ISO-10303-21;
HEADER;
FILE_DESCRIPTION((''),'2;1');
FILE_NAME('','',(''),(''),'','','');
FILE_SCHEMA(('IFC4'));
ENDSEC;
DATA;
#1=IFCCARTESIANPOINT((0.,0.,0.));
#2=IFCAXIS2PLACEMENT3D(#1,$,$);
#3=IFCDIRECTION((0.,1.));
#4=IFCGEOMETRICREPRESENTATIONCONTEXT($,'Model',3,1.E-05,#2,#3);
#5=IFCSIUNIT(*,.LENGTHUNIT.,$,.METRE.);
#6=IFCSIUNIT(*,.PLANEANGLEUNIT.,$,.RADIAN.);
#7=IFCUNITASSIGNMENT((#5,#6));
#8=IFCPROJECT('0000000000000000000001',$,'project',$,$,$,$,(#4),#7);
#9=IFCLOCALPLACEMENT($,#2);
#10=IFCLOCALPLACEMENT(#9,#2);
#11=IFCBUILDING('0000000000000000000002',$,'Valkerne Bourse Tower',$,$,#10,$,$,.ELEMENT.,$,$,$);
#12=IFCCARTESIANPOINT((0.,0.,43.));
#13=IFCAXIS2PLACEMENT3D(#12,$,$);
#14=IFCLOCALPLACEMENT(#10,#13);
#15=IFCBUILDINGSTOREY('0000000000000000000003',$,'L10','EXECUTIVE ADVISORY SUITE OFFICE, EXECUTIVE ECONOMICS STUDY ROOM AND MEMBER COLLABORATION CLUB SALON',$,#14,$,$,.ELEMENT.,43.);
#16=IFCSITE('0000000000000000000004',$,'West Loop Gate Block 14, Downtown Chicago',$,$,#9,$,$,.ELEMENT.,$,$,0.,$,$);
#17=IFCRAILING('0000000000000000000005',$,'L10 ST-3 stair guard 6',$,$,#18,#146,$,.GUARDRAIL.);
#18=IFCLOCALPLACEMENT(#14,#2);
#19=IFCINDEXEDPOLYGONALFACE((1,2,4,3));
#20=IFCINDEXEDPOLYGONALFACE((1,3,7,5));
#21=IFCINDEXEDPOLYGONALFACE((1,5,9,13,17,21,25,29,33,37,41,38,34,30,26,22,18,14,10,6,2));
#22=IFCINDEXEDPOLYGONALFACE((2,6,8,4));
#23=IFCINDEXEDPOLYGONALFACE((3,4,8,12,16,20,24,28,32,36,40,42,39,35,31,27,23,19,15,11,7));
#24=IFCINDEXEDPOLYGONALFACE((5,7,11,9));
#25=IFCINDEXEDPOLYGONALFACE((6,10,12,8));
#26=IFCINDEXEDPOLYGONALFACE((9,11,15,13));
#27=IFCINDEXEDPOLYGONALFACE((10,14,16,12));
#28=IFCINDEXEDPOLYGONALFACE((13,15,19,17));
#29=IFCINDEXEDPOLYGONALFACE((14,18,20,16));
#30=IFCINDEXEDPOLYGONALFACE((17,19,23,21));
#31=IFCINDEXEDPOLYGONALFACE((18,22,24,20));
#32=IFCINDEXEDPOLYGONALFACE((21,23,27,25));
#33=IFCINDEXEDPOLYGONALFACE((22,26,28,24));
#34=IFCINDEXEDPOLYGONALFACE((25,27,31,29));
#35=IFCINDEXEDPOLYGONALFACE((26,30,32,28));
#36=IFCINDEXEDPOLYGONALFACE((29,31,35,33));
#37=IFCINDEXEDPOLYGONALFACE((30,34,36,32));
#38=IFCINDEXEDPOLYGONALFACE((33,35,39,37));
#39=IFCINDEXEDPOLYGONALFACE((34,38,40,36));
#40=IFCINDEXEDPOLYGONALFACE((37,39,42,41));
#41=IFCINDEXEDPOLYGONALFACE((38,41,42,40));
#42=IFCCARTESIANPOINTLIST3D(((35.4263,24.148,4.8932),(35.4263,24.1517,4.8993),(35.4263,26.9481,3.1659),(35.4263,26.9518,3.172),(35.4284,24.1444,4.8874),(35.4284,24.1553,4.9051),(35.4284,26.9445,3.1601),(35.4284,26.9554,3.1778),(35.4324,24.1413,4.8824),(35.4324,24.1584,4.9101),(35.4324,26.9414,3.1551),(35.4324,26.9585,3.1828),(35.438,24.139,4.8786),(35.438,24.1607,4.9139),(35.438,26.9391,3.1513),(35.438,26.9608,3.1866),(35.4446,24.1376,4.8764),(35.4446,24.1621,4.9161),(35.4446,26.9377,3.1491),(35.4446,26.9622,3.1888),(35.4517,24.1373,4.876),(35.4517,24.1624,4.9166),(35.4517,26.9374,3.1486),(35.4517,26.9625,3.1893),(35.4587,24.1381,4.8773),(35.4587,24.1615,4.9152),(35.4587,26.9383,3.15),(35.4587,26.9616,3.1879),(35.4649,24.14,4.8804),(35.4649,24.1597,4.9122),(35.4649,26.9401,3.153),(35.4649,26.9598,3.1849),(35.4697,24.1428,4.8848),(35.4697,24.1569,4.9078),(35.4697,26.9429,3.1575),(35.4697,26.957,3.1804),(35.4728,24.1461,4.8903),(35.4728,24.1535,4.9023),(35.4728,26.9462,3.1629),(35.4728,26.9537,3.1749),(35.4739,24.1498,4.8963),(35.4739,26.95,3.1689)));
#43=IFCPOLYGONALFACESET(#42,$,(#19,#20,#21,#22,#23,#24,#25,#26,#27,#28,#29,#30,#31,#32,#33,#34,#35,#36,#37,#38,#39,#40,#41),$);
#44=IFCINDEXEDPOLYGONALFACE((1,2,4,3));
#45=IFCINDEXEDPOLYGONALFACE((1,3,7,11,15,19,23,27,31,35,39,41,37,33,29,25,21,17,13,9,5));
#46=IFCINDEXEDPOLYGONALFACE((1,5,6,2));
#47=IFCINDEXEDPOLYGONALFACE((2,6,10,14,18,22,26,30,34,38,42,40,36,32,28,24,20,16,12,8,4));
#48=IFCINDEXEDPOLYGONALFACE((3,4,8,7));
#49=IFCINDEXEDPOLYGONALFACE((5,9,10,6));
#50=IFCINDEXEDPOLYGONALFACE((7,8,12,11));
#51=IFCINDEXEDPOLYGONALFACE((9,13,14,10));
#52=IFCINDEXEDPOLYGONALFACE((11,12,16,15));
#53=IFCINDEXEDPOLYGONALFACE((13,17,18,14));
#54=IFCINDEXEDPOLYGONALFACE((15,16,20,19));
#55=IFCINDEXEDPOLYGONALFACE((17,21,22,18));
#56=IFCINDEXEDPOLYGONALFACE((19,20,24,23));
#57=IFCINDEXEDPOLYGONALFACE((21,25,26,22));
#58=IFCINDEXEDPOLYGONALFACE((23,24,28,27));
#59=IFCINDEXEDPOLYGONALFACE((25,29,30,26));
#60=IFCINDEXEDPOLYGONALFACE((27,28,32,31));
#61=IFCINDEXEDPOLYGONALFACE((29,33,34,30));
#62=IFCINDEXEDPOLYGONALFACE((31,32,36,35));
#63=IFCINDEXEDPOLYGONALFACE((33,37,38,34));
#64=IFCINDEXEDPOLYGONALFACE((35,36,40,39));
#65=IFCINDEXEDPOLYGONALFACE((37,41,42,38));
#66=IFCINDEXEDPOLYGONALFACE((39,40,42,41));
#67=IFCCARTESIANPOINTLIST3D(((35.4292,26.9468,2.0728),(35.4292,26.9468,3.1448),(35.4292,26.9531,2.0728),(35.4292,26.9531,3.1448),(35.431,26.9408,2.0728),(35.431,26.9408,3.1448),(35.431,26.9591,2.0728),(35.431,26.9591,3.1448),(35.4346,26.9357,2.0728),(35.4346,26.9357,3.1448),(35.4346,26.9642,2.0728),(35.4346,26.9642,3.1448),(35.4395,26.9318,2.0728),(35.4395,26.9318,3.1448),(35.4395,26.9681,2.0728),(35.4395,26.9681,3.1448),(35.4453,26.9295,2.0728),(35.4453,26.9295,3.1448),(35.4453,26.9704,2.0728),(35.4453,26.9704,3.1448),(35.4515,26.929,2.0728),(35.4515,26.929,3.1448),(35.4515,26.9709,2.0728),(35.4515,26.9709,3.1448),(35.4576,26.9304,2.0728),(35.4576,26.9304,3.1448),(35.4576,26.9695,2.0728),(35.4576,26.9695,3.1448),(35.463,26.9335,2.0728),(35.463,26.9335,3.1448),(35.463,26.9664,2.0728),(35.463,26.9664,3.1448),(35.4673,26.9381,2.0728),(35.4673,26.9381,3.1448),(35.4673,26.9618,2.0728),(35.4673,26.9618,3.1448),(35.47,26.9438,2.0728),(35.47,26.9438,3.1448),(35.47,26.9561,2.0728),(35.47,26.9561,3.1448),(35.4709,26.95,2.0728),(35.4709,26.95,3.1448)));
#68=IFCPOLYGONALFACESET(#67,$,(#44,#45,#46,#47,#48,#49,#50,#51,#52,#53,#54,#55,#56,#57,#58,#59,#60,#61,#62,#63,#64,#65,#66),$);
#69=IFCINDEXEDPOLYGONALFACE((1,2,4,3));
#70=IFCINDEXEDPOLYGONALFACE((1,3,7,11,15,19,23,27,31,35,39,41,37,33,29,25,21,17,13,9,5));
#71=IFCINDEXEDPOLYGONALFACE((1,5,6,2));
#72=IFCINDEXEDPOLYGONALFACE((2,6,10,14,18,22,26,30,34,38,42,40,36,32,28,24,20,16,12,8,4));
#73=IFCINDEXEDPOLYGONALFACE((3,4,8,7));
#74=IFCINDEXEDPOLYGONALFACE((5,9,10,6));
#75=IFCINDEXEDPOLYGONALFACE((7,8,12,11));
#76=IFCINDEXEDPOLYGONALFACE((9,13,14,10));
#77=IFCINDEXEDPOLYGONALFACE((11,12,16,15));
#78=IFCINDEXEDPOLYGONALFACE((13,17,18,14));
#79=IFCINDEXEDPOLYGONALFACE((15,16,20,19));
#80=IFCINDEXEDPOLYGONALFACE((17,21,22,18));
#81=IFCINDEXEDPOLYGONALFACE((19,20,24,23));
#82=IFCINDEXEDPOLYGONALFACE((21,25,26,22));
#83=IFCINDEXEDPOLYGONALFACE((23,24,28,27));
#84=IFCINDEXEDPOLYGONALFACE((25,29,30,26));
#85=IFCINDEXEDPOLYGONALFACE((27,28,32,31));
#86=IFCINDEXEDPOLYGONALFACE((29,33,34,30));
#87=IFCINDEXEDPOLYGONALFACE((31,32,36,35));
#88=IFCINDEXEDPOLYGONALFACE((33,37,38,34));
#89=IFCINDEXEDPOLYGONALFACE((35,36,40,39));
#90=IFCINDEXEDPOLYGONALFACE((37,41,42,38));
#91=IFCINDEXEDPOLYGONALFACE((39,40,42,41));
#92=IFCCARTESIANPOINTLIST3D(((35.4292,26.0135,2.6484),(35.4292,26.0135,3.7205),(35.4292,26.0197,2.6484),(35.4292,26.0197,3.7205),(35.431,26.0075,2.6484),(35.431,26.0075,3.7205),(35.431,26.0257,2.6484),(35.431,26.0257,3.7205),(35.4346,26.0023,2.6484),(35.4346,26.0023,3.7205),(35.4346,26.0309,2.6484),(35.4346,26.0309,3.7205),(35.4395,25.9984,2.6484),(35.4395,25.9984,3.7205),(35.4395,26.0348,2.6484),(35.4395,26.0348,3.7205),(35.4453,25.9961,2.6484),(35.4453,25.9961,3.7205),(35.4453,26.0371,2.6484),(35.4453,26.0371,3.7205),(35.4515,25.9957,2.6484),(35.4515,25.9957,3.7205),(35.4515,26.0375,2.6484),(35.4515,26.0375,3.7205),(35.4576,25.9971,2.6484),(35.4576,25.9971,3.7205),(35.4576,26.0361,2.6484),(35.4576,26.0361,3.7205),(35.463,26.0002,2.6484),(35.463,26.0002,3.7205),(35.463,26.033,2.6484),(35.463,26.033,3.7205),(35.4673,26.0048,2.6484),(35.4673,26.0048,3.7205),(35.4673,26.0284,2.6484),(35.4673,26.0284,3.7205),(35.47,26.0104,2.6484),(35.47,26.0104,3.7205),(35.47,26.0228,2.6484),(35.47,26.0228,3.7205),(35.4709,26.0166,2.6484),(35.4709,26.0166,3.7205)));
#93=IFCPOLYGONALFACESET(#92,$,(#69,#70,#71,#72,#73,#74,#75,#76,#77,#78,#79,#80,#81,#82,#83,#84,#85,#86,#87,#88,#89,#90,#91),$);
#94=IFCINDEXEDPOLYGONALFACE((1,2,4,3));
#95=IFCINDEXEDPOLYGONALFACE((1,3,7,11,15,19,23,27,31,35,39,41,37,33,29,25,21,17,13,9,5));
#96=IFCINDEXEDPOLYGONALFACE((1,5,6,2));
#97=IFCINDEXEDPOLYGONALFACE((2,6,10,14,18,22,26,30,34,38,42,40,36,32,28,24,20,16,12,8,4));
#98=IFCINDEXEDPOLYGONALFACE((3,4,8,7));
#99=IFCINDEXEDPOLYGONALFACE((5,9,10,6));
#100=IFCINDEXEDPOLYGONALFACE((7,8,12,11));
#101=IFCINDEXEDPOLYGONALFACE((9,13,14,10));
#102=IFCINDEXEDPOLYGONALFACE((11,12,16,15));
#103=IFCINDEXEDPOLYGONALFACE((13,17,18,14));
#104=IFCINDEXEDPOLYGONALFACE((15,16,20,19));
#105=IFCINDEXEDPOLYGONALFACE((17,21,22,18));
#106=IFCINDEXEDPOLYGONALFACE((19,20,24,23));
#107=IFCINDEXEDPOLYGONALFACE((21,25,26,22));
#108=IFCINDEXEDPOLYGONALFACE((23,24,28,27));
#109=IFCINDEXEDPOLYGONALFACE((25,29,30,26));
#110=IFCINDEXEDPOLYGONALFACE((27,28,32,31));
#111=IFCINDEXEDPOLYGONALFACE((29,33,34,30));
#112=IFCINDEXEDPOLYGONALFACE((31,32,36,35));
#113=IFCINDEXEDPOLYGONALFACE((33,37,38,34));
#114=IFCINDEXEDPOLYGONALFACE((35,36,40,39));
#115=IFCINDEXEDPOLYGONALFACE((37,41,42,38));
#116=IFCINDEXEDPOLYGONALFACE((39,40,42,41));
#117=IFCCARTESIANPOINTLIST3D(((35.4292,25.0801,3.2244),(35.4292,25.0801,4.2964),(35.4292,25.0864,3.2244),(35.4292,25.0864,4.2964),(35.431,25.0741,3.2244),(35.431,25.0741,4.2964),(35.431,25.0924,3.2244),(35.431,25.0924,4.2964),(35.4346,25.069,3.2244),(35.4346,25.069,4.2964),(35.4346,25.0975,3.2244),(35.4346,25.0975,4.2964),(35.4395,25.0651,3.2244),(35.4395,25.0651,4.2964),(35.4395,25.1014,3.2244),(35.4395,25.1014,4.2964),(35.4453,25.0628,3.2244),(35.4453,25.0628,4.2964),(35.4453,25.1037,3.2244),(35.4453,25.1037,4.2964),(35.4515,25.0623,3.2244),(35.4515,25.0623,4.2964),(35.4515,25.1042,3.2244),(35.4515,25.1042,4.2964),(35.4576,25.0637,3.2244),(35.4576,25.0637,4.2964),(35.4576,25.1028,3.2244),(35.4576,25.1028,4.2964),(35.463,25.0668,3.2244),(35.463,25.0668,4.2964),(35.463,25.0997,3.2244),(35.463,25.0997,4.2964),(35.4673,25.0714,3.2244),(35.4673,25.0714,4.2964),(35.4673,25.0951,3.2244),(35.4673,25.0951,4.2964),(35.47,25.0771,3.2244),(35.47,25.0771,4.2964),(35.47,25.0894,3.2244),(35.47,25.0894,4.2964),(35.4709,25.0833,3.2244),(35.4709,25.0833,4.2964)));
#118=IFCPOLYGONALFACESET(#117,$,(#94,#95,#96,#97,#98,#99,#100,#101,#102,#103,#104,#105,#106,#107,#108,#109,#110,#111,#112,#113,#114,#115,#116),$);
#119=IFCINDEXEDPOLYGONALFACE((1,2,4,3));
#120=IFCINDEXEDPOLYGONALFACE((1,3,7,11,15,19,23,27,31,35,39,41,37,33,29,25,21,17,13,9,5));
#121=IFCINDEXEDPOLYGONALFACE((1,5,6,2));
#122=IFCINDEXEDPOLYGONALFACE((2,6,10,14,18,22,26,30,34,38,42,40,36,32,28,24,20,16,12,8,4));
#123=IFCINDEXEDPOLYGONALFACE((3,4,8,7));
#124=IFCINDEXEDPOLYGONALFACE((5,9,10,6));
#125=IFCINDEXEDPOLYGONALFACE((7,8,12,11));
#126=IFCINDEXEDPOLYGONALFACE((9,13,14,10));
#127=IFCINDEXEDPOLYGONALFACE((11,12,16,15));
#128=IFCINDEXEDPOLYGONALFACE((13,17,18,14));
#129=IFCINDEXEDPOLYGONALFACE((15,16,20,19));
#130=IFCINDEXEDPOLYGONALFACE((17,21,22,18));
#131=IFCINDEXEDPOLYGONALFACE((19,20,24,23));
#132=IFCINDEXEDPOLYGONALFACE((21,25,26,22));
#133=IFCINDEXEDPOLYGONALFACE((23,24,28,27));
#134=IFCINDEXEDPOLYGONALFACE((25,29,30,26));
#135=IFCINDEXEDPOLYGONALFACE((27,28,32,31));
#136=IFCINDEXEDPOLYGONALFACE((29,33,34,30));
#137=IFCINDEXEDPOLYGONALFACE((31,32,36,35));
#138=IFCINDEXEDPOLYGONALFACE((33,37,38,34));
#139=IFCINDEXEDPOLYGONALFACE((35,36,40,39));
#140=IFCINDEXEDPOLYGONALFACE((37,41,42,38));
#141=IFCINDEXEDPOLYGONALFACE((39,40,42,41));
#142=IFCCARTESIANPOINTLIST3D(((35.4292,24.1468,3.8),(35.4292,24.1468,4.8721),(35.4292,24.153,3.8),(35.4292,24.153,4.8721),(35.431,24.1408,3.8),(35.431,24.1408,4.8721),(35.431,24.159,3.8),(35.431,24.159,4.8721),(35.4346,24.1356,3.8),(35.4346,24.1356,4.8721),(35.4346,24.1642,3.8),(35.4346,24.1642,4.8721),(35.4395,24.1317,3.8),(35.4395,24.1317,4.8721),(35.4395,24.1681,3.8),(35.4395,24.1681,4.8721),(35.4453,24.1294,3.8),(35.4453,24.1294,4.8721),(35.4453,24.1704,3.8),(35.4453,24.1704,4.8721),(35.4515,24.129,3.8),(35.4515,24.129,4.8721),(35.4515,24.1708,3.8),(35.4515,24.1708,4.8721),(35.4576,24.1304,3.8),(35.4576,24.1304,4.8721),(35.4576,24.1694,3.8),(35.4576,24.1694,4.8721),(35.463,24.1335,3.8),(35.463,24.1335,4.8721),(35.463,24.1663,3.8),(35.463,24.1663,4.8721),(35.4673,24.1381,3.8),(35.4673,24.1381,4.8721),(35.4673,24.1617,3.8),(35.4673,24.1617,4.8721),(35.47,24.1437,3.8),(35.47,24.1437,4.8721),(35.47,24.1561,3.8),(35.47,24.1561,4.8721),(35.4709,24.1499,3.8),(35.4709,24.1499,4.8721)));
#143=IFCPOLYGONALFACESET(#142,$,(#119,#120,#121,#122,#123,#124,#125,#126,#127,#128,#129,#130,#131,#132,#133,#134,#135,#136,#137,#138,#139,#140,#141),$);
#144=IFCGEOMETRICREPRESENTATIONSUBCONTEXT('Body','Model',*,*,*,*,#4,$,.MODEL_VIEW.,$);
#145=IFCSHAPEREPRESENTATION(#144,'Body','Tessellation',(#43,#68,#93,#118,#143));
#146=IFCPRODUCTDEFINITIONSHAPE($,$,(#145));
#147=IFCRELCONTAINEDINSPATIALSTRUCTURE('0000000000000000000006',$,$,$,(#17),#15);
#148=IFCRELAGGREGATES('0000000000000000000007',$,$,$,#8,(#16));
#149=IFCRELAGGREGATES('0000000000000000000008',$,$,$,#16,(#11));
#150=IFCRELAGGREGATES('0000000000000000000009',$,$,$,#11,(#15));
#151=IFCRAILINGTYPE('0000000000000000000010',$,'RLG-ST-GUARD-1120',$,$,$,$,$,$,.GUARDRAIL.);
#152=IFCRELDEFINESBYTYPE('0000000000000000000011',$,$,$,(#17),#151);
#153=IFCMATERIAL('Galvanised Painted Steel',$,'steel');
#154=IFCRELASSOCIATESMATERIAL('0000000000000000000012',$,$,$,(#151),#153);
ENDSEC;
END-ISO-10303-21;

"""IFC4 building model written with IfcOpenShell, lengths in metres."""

from ifc_helpers import new_model, si_unit, direction, frame, origin, origin_2d, place, context, subcontext, project, spatial, circle, extrude, material, type_object, element, save


model = new_model("IFC4")

# Units and contexts
model_context = context("Model", 3, precision=1e-05, world=origin(), true_north=direction((0.0, 1.0)))
body_context = subcontext(model_context, "Body", "Model", "MODEL_VIEW")
ifc_project = project(units=[si_unit("LENGTHUNIT", "METRE"), si_unit("PLANEANGLEUNIT", "RADIAN")], contexts=[model_context])

# Site, building, storey
site_placement = place(None, origin())
site = spatial("IfcSite", under=ifc_project, at=site_placement, Name="West Loop Gate Block 14, Downtown Chicago", CompositionType="ELEMENT", RefElevation=0.0)
building_placement = place(site_placement, origin())
building = spatial("IfcBuilding", under=site, at=building_placement, Name="Valkerne Bourse Tower", CompositionType="ELEMENT")
storey_placement = place(building_placement, frame((0.0, 0.0, 43.0)))
storey = spatial("IfcBuildingStorey", under=building, at=storey_placement, Name="L10", Description="EXECUTIVE ADVISORY SUITE OFFICE, EXECUTIVE ECONOMICS STUDY ROOM AND MEMBER COLLABORATION CLUB SALON", CompositionType="ELEMENT", Elevation=43.0)

# Shared definitions
ifc_material_1 = material(Name="Galvanised Painted Steel", Category="steel")

# Railing
railing_type_1 = type_object("IfcRailingType", Name="RLG-ST-GUARD-1120", PredefinedType="GUARDRAIL", material=ifc_material_1)
railing_1_placement = place(storey_placement, frame((35.45, 26.95, 2.0728)))
element("IfcRailing", 1, at=railing_1_placement, inside=storey, type_object=railing_type_1, Name="L10 ST-3 stair guard 6", PredefinedType="GUARDRAIL", context=body_context, shape_type="SweptSolid", body=[
    extrude(circle(Radius=0.0239, at=origin_2d()), frame((0.0, 0.0, 1.0962), z_axis=(0.0, -0.85109, 0.52502), x_axis=(1.0, 0.0, 0.0)), (0.0, 0.0, 1.0), 3.29),
    extrude(circle(Radius=0.021, at=origin_2d()), origin(), (0.0, 0.0, 1.0), 1.072),
    extrude(circle(Radius=0.021, at=origin_2d()), frame((0.0, -0.9333, 0.5757)), (0.0, 0.0, 1.0), 1.072),
    extrude(circle(Radius=0.021, at=origin_2d()), frame((0.0, -1.8667, 1.1516)), (0.0, 0.0, 1.0), 1.072),
    extrude(circle(Radius=0.021, at=origin_2d()), frame((0.0, -2.8, 1.7273)), (0.0, 0.0, 1.0), 1.072),
])

save(model, "model.ifc")
